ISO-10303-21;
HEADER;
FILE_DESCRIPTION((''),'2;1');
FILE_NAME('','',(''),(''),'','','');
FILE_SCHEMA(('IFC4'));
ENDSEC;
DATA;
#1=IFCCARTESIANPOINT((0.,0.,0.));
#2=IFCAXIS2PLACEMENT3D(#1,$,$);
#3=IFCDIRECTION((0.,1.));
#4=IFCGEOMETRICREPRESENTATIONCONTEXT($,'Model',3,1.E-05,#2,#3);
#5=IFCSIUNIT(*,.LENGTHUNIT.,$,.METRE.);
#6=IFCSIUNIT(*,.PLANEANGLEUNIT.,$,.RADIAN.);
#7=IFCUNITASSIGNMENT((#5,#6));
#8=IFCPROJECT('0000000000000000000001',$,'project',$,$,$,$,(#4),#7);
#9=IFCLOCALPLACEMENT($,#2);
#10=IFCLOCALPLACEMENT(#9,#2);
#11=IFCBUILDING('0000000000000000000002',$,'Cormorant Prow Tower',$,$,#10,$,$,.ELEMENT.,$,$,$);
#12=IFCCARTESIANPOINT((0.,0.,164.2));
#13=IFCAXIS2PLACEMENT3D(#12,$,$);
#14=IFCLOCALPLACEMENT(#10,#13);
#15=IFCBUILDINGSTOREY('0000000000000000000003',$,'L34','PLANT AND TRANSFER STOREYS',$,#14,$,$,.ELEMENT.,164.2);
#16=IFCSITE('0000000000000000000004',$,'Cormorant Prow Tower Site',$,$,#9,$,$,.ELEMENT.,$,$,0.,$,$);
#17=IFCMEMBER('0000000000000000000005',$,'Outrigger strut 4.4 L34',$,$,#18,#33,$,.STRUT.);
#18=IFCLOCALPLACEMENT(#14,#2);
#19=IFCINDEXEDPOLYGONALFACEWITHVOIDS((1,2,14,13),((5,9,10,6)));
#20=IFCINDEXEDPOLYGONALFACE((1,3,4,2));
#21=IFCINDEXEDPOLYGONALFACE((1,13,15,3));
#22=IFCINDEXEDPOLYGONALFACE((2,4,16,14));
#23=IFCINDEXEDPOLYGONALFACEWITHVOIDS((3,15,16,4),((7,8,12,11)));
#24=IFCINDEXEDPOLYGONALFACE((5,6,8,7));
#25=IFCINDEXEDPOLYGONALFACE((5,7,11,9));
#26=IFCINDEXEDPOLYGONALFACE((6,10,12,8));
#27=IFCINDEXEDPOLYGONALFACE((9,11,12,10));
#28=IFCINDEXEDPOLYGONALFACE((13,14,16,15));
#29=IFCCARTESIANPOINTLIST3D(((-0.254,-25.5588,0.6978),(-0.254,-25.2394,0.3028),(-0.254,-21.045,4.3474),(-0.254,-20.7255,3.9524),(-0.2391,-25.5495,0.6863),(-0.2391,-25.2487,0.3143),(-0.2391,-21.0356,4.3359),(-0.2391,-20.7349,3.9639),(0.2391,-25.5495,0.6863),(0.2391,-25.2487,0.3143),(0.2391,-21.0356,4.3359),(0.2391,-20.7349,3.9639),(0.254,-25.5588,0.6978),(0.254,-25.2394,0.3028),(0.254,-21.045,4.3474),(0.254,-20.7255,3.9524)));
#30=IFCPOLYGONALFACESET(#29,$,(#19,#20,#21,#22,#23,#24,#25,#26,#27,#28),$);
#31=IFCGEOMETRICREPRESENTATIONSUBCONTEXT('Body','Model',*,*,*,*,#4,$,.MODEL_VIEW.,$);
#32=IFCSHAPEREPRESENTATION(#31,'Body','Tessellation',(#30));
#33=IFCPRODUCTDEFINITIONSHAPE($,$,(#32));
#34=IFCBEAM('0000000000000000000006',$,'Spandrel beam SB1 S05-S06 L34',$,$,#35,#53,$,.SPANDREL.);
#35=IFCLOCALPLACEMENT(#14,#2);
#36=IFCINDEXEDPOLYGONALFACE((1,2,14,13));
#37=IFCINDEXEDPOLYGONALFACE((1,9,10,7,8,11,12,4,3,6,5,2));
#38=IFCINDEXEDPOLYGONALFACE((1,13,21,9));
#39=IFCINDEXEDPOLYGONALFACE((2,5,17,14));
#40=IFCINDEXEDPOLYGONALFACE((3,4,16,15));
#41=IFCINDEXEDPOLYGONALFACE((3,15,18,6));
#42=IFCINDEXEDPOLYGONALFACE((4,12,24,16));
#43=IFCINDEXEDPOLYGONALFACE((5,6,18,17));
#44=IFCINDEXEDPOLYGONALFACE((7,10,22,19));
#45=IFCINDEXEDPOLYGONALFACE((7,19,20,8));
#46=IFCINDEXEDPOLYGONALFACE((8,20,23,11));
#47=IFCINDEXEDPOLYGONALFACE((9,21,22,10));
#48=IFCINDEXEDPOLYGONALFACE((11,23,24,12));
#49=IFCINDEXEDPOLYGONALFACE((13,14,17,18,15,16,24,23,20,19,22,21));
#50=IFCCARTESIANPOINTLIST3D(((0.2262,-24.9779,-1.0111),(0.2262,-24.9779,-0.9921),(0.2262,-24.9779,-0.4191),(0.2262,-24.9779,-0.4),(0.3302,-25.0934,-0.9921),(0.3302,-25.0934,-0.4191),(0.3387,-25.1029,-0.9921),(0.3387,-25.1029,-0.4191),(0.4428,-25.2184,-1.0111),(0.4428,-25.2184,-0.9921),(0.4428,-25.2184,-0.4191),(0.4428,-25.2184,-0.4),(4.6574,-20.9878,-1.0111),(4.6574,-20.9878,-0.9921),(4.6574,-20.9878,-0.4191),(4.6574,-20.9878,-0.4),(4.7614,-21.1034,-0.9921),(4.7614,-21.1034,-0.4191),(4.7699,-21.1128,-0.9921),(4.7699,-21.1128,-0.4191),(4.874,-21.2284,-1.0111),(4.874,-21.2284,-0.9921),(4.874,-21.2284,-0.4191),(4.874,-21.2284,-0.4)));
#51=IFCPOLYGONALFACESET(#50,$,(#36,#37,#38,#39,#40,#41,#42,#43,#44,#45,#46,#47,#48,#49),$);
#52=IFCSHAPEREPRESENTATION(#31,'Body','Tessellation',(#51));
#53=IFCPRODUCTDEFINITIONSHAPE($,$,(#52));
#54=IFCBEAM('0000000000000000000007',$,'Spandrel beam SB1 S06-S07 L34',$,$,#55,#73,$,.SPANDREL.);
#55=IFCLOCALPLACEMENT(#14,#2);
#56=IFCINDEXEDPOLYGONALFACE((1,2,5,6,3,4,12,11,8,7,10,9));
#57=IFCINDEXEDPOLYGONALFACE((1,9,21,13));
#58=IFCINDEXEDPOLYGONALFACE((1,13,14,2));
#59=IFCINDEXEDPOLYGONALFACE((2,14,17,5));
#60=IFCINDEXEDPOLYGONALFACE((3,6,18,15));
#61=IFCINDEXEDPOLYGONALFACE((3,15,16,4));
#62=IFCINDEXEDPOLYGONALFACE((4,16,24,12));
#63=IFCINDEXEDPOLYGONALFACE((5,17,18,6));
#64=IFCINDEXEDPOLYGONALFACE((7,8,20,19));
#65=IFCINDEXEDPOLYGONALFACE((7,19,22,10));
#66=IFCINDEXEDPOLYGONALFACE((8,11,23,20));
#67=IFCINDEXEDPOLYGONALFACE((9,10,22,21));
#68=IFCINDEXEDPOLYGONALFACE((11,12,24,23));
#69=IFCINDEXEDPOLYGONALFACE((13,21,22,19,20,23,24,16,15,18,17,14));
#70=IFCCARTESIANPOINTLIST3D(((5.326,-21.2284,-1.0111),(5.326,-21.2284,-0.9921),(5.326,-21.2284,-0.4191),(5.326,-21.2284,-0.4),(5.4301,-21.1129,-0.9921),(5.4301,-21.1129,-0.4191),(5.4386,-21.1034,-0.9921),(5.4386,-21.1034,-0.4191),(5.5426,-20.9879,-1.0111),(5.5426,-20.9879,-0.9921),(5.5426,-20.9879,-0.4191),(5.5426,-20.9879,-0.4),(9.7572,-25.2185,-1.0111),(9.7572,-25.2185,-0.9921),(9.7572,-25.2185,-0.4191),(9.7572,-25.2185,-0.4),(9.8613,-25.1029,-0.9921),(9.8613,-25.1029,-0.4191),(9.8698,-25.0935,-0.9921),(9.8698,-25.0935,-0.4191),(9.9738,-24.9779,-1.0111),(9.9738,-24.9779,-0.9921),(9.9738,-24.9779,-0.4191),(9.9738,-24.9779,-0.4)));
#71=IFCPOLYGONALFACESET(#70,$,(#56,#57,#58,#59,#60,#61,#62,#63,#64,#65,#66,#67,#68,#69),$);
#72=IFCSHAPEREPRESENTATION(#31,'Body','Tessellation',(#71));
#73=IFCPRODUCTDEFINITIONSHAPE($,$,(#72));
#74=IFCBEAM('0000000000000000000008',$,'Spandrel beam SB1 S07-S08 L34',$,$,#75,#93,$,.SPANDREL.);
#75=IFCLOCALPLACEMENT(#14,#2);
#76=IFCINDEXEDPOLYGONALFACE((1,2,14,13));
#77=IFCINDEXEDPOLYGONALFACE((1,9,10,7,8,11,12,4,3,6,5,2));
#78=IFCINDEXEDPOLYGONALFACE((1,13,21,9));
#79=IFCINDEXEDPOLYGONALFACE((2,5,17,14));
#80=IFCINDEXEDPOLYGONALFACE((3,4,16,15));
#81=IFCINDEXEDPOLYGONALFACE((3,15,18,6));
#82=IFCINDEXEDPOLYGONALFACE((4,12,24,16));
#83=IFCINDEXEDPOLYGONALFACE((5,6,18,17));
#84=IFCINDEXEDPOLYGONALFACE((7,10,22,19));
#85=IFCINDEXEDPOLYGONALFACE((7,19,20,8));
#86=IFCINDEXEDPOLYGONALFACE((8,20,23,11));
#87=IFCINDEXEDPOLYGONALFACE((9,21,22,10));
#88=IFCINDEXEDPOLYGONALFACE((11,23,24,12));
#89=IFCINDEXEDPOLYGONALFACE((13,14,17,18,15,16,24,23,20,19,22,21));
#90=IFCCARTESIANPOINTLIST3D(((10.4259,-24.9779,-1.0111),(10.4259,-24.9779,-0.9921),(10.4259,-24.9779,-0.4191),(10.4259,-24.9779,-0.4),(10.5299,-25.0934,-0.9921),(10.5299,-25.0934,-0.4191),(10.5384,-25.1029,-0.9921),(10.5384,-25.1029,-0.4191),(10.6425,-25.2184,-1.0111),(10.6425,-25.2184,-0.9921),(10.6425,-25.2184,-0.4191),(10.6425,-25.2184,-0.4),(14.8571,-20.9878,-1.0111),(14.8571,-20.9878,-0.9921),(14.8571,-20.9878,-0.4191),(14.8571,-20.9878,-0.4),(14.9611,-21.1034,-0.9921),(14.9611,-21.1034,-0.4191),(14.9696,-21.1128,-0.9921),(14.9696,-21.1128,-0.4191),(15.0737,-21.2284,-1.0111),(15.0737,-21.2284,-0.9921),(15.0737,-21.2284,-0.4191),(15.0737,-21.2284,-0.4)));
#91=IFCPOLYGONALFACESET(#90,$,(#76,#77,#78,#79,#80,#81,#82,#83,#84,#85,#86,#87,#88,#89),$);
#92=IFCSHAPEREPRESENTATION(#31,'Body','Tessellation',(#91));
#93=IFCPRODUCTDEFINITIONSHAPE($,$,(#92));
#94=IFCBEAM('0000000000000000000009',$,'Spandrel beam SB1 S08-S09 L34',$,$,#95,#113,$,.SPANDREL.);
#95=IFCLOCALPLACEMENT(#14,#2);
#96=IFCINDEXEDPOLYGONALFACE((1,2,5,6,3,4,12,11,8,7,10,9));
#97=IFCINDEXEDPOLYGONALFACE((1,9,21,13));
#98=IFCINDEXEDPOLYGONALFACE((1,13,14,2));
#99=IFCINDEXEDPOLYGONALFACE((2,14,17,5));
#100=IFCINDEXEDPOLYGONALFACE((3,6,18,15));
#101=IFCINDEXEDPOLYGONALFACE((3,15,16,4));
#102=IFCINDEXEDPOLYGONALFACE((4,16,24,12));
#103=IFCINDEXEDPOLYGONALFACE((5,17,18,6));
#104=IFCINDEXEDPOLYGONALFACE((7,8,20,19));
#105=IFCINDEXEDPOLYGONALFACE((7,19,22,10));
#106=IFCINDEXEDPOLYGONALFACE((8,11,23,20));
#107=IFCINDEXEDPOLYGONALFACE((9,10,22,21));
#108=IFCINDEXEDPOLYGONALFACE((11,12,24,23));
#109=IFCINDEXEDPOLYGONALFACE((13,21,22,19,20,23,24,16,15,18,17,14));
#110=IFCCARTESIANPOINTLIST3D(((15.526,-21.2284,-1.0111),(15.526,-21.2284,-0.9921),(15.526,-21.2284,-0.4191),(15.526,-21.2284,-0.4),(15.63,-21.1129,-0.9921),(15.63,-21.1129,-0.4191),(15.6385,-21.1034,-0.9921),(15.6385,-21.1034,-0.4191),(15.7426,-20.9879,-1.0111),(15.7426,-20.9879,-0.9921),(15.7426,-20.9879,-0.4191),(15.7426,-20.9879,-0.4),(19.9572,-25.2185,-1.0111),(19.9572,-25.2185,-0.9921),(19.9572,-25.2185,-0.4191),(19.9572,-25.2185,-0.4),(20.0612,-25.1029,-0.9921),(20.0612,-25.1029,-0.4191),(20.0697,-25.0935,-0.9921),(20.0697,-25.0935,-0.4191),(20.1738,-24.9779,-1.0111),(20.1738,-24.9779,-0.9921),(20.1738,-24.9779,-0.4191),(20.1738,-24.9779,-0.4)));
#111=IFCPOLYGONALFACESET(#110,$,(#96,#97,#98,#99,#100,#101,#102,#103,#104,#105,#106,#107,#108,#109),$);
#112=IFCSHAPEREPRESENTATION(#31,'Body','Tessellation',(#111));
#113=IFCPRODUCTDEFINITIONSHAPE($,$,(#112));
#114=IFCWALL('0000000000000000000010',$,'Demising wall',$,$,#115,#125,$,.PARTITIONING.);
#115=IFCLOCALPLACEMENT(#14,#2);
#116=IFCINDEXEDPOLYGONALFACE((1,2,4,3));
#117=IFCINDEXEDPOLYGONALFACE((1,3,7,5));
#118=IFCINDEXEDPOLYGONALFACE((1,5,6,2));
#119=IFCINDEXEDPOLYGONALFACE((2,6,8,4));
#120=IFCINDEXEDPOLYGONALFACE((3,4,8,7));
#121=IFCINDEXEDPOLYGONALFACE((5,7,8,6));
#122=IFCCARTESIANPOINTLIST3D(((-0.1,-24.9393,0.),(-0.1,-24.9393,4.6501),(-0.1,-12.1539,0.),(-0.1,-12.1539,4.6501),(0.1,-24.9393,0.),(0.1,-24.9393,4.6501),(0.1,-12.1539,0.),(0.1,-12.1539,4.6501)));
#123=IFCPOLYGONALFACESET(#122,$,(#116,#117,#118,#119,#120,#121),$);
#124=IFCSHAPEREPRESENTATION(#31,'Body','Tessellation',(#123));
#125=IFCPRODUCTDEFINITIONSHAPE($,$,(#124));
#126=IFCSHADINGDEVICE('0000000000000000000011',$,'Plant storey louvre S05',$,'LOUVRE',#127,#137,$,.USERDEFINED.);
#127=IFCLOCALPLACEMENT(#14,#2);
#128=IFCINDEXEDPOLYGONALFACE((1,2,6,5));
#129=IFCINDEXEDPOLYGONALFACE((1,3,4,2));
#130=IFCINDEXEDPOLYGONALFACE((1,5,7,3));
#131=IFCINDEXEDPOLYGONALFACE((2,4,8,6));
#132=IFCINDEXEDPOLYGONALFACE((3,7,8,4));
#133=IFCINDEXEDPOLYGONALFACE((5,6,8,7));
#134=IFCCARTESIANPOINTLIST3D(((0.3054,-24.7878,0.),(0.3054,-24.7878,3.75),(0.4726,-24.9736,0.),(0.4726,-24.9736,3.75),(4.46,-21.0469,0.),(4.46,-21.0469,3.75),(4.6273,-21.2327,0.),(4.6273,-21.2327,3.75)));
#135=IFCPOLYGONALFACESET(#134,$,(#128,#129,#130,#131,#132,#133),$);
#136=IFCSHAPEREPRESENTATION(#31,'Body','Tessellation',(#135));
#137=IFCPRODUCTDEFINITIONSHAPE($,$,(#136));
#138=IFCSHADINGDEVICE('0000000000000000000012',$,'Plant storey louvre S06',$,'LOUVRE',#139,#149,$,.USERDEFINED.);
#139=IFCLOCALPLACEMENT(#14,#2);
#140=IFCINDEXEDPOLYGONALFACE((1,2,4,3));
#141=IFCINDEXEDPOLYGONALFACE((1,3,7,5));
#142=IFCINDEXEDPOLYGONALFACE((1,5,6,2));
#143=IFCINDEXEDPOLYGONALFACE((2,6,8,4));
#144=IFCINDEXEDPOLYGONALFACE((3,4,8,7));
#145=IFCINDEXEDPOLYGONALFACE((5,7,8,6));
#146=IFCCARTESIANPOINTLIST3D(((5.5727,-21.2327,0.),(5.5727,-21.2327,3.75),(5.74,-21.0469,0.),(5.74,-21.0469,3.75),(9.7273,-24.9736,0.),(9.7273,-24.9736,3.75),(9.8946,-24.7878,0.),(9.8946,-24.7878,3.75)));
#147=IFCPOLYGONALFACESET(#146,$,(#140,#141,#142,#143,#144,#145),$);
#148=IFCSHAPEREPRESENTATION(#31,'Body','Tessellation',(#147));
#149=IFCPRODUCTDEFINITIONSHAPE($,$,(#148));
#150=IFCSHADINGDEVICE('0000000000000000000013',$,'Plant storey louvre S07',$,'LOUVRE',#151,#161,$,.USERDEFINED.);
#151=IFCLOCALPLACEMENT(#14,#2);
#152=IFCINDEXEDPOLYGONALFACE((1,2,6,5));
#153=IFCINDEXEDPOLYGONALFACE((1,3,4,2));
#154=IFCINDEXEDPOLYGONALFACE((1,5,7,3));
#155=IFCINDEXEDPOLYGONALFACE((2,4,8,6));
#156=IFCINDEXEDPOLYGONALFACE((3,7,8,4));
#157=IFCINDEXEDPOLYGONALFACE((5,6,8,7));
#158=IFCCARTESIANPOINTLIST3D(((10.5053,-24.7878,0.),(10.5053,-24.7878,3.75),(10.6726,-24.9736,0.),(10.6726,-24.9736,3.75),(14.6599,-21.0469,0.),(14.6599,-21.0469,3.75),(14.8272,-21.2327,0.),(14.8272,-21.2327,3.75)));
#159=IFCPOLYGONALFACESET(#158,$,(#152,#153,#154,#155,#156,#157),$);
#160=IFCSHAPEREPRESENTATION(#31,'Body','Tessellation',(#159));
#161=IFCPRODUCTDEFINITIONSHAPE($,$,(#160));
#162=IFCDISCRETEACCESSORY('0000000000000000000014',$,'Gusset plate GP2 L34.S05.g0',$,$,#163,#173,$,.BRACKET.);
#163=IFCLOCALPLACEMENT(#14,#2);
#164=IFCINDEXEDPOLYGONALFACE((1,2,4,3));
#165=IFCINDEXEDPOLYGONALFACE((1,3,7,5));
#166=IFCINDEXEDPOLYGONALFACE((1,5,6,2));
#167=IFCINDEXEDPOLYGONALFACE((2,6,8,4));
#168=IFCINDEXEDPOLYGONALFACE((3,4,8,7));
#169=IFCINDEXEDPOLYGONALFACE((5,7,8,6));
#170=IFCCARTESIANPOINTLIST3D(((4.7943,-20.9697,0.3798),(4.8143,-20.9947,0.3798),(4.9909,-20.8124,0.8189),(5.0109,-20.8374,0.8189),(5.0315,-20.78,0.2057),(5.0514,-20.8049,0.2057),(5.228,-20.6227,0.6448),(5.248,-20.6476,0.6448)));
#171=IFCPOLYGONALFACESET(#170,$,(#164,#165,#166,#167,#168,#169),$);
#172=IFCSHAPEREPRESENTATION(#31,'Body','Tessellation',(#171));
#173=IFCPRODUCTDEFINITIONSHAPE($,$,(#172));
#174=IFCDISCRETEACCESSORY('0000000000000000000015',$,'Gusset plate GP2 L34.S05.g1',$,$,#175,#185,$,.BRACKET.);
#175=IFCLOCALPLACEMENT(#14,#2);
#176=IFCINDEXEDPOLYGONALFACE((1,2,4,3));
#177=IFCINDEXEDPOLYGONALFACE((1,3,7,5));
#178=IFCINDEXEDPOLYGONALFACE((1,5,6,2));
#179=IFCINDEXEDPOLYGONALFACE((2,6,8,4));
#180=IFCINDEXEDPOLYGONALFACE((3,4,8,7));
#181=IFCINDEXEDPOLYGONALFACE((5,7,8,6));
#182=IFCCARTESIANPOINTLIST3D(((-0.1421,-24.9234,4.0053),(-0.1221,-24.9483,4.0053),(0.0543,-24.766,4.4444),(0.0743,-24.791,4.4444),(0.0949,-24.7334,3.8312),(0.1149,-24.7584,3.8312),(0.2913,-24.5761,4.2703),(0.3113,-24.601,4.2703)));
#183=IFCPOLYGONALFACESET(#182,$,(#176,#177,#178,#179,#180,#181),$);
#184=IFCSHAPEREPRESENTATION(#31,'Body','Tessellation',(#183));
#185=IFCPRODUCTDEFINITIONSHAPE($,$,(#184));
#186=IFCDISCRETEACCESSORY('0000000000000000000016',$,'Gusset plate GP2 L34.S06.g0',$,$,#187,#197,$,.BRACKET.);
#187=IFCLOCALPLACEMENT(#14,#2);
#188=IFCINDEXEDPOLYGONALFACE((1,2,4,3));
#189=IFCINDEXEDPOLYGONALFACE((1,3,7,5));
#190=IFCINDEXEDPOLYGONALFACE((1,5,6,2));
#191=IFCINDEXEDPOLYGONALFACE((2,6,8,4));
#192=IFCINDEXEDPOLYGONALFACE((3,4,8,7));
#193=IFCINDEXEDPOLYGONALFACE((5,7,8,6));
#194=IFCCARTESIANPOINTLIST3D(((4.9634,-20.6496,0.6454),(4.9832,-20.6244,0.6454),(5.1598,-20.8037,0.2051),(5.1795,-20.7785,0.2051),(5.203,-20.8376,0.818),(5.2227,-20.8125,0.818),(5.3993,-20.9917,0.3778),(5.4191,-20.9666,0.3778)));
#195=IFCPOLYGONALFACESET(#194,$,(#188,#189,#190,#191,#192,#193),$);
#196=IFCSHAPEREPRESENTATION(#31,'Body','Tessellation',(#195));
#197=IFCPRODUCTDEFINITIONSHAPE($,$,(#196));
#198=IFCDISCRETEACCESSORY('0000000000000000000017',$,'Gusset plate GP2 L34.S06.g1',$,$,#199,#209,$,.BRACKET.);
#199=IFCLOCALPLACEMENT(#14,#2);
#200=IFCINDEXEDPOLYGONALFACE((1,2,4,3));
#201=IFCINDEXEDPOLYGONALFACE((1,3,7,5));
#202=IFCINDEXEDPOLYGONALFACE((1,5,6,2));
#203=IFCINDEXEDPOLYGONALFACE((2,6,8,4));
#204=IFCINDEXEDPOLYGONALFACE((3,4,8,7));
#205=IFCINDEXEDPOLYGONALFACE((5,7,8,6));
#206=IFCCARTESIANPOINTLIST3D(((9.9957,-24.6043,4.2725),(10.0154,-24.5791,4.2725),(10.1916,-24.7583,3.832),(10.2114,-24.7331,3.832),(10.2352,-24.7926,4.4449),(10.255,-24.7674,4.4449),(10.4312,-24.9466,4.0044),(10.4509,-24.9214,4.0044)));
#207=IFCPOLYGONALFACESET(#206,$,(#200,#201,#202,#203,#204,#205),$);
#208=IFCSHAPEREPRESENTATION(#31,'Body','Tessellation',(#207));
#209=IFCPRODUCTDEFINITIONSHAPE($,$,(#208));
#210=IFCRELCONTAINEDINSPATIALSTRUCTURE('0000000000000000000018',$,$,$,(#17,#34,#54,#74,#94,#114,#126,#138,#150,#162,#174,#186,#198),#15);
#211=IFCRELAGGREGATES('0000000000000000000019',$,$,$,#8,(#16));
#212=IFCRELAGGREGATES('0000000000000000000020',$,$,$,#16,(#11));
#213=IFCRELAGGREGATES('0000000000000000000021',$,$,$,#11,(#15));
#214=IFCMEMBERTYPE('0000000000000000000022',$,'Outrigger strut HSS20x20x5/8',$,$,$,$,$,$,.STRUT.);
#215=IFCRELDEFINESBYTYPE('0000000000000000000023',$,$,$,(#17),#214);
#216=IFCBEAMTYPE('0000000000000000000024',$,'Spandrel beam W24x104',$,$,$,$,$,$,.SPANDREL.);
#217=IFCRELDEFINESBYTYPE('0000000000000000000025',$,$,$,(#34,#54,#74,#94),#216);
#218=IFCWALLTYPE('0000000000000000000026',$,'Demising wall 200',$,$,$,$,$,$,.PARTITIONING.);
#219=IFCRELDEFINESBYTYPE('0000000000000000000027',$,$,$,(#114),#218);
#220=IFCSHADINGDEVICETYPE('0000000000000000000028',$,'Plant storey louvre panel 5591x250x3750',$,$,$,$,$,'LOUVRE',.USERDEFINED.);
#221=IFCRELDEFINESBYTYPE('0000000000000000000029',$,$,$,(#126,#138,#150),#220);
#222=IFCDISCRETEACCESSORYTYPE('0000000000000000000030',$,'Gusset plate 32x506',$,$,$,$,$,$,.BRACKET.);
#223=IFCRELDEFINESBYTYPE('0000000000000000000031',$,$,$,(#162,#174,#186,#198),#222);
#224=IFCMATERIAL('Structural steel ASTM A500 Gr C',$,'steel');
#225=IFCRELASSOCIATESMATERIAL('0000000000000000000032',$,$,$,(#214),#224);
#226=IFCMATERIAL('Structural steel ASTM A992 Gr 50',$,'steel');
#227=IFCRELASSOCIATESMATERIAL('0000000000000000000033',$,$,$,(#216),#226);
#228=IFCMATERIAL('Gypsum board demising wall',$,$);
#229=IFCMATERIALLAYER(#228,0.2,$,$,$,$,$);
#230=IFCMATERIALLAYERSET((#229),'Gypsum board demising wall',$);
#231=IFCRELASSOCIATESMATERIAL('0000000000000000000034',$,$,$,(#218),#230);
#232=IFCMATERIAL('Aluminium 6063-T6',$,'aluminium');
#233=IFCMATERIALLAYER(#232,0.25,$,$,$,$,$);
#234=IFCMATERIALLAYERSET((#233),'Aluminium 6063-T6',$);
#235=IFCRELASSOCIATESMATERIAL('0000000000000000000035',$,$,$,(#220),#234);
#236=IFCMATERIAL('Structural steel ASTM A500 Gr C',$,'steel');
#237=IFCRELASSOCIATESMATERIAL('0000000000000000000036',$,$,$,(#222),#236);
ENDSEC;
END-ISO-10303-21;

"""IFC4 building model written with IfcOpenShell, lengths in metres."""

from ifc_helpers import new_model, si_unit, direction, frame, frame_2d, origin, origin_2d, place, context, subcontext, project, spatial, rectangle, hollow_rectangle, i_section, extrude, material, layer, layer_set, material_profile, profile_set, type_object, element, save


model = new_model("IFC4")

# Units and contexts
model_context = context("Model", 3, precision=1e-05, world=origin(), true_north=direction((0.0, 1.0)))
body_context = subcontext(model_context, "Body", "Model", "MODEL_VIEW")
ifc_project = project(units=[si_unit("LENGTHUNIT", "METRE"), si_unit("PLANEANGLEUNIT", "RADIAN")], contexts=[model_context])

# Site, building, storey
site_placement = place(None, origin())
site = spatial("IfcSite", under=ifc_project, at=site_placement, Name="Cormorant Prow Tower Site", CompositionType="ELEMENT", RefElevation=0.0)
building_placement = place(site_placement, origin())
building = spatial("IfcBuilding", under=site, at=building_placement, Name="Cormorant Prow Tower", CompositionType="ELEMENT")
storey_placement = place(building_placement, frame((0.0, 0.0, 164.2)))
storey = spatial("IfcBuildingStorey", under=building, at=storey_placement, Name="L34", Description="PLANT AND TRANSFER STOREYS", CompositionType="ELEMENT", Elevation=164.2)

# Member
ifc_material_1 = material(Name="Structural steel ASTM A500 Gr C", Category="steel")
ifc_material_profile_1 = material_profile(ifc_material_1, hollow_rectangle(XDim=0.5081, YDim=0.5081, WallThickness=0.0149, at=origin_2d()), Name="HSS20x20x5/8")
ifc_profile_set_1 = profile_set([ifc_material_profile_1], Name="Structural steel ASTM A500 Gr C")
member_type_1 = type_object("IfcMemberType", Name="Outrigger strut HSS20x20x5/8", PredefinedType="STRUT", material=ifc_profile_set_1)
member_1_placement = place(storey_placement, frame((0.0, -20.8853, 4.1499), z_axis=(0.0, -0.777621, -0.628734), x_axis=(1.0, 0.0, 0.0)))
element("IfcMember", 1, at=member_1_placement, inside=storey, type_object=member_type_1, Name="Outrigger strut 4.4 L34", PredefinedType="STRUT", context=body_context, shape_type="SweptSolid", body=[
    extrude(hollow_rectangle(XDim=0.5081, YDim=0.5081, WallThickness=0.0149, at=origin_2d()), origin(), (0.0, 0.0, 1.0), 5.8047),
])

# Beams
ifc_material_2 = material(Name="Structural steel ASTM A992 Gr 50", Category="steel")
ifc_material_profile_2 = material_profile(ifc_material_2, i_section(OverallWidth=0.3237, OverallDepth=0.6111, WebThickness=0.0127, FlangeThickness=0.019, at=origin_2d()), Name="W24x104")
ifc_profile_set_2 = profile_set([ifc_material_profile_2], Name="Structural steel ASTM A992 Gr 50")
beam_type = type_object("IfcBeamType", Name="Spandrel beam W24x104", PredefinedType="SPANDREL", material=ifc_profile_set_2)
for number, where, z_axis, x_axis, name in (
    (2, (0.3345, -25.0981, -0.7056), (0.743131, 0.669146, 0.0), (-0.669146, 0.743131, 0.0), "Spandrel beam SB1 S05-S06 L34"),
    (3, (5.4343, -21.1082, -0.7056), (0.743131, -0.669146, 0.0), (0.669146, 0.743131, 0.0), "Spandrel beam SB1 S06-S07 L34"),
    (4, (10.5342, -25.0981, -0.7056), (0.743131, 0.669146, 0.0), (-0.669146, 0.743131, 0.0), "Spandrel beam SB1 S07-S08 L34"),
    (5, (15.6343, -21.1082, -0.7056), (0.743131, -0.669146, 0.0), (0.669146, 0.743131, 0.0), "Spandrel beam SB1 S08-S09 L34"),
):
    element("IfcBeam", number, at=place(storey_placement, frame(where, z_axis=z_axis, x_axis=x_axis)), inside=storey, type_object=beam_type, Name=name, PredefinedType="SPANDREL", context=body_context, shape_type="SweptSolid", body=[
        extrude(i_section(OverallWidth=0.3237, OverallDepth=0.6111, WebThickness=0.0127, FlangeThickness=0.019, at=origin_2d()), origin(), (0.0, 0.0, 1.0), 5.9629),
    ])

# Wall
ifc_material_3 = material(Name="Gypsum board demising wall")
ifc_layer_1 = layer(ifc_material_3, 0.2)
ifc_layer_set_1 = layer_set([ifc_layer_1], Name="Gypsum board demising wall")
wall_type = type_object("IfcWallType", Name="Demising wall 200", PredefinedType="PARTITIONING", material=ifc_layer_set_1)
wall_placement = place(storey_placement, frame((0.0, -24.9392, 0.0), z_axis=(0.0, 0.0, 1.0), x_axis=(0.0, 1.0, 0.0)))
element("IfcWall", 6, at=wall_placement, inside=storey, type_object=wall_type, Name="Demising wall", PredefinedType="PARTITIONING", context=body_context, shape_type="SweptSolid", body=[
    extrude(rectangle(XDim=12.7854, YDim=0.2, at=frame_2d((6.3926, 0.0))), origin(), (0.0, 0.0, 1.0), 4.6501),
])

# Shading devices
ifc_material_4 = material(Name="Aluminium 6063-T6", Category="aluminium")
ifc_layer_2 = layer(ifc_material_4, 0.25)
ifc_layer_set_2 = layer_set([ifc_layer_2], Name="Aluminium 6063-T6")
shading_device_type = type_object("IfcShadingDeviceType", Name="Plant storey louvre panel 5591x250x3750", ElementType="LOUVRE", PredefinedType="USERDEFINED", material=ifc_layer_set_2)
for number, where, z_axis, x_axis, name in (
    (7, (2.4663, -23.0103, 0.0), (0.0, 0.0, 1.0), (0.743145, 0.669131, 0.0), "Plant storey louvre S05"),
    (8, (7.7336, -23.0103, 0.0), (0.0, 0.0, 1.0), (0.743145, -0.669131, 0.0), "Plant storey louvre S06"),
    (9, (12.6663, -23.0103, 0.0), (0.0, 0.0, 1.0), (0.743145, 0.669131, 0.0), "Plant storey louvre S07"),
):
    element("IfcShadingDevice", number, at=place(storey_placement, frame(where, z_axis=z_axis, x_axis=x_axis)), inside=storey, type_object=shading_device_type, Name=name, ObjectType="LOUVRE", PredefinedType="USERDEFINED", context=body_context, shape_type="SweptSolid", body=[
        extrude(rectangle(XDim=5.5906, YDim=0.25, at=origin_2d()), origin(), (0.0, 0.0, 1.0), 3.75),
    ])

# Discrete accessories
ifc_material_5 = material(Name="Structural steel ASTM A500 Gr C", Category="steel")
ifc_material_profile_3 = material_profile(ifc_material_5, rectangle(XDim=0.032, YDim=0.5061, at=origin_2d()), Name="Gusset plate 32x506")
ifc_profile_set_3 = profile_set([ifc_material_profile_3], Name="Structural steel ASTM A500 Gr C")
discrete_accessory_type_1 = type_object("IfcDiscreteAccessoryType", Name="Gusset plate 32x506", PredefinedType="BRACKET", material=ifc_profile_set_3)
for number, where, z_axis, x_axis, name in (
    (10, (4.9026, -20.9036, 0.5994), (0.67736, 0.542028, -0.497382), (-0.624793, 0.78079, 0.0), "Gusset plate GP2 L34.S05.g0"),
    (11, (0.2031, -24.6672, 4.0508), (-0.677104, -0.54252, 0.497194), (0.625283, -0.780398, 0.0), "Gusset plate GP2 L34.S05.g1"),
    (12, (5.311, -20.9021, 0.5979), (-0.684308, 0.537122, -0.493176), (-0.617432, -0.786624, 0.0), "Gusset plate GP2 L34.S06.g0"),
    (13, (10.1035, -24.6687, 4.0522), (0.684286, -0.537803, 0.492463), (0.617928, 0.786235, 0.0), "Gusset plate GP2 L34.S06.g1"),
):
    element("IfcDiscreteAccessory", number, at=place(storey_placement, frame(where, z_axis=z_axis, x_axis=x_axis)), inside=storey, type_object=discrete_accessory_type_1, Name=name, PredefinedType="BRACKET", context=body_context, shape_type="SweptSolid", body=[
        extrude(rectangle(XDim=0.032, YDim=0.5061, at=origin_2d()), origin(), (0.0, 0.0, 1.0), 0.3501),
    ])

save(model, "model.ifc")
